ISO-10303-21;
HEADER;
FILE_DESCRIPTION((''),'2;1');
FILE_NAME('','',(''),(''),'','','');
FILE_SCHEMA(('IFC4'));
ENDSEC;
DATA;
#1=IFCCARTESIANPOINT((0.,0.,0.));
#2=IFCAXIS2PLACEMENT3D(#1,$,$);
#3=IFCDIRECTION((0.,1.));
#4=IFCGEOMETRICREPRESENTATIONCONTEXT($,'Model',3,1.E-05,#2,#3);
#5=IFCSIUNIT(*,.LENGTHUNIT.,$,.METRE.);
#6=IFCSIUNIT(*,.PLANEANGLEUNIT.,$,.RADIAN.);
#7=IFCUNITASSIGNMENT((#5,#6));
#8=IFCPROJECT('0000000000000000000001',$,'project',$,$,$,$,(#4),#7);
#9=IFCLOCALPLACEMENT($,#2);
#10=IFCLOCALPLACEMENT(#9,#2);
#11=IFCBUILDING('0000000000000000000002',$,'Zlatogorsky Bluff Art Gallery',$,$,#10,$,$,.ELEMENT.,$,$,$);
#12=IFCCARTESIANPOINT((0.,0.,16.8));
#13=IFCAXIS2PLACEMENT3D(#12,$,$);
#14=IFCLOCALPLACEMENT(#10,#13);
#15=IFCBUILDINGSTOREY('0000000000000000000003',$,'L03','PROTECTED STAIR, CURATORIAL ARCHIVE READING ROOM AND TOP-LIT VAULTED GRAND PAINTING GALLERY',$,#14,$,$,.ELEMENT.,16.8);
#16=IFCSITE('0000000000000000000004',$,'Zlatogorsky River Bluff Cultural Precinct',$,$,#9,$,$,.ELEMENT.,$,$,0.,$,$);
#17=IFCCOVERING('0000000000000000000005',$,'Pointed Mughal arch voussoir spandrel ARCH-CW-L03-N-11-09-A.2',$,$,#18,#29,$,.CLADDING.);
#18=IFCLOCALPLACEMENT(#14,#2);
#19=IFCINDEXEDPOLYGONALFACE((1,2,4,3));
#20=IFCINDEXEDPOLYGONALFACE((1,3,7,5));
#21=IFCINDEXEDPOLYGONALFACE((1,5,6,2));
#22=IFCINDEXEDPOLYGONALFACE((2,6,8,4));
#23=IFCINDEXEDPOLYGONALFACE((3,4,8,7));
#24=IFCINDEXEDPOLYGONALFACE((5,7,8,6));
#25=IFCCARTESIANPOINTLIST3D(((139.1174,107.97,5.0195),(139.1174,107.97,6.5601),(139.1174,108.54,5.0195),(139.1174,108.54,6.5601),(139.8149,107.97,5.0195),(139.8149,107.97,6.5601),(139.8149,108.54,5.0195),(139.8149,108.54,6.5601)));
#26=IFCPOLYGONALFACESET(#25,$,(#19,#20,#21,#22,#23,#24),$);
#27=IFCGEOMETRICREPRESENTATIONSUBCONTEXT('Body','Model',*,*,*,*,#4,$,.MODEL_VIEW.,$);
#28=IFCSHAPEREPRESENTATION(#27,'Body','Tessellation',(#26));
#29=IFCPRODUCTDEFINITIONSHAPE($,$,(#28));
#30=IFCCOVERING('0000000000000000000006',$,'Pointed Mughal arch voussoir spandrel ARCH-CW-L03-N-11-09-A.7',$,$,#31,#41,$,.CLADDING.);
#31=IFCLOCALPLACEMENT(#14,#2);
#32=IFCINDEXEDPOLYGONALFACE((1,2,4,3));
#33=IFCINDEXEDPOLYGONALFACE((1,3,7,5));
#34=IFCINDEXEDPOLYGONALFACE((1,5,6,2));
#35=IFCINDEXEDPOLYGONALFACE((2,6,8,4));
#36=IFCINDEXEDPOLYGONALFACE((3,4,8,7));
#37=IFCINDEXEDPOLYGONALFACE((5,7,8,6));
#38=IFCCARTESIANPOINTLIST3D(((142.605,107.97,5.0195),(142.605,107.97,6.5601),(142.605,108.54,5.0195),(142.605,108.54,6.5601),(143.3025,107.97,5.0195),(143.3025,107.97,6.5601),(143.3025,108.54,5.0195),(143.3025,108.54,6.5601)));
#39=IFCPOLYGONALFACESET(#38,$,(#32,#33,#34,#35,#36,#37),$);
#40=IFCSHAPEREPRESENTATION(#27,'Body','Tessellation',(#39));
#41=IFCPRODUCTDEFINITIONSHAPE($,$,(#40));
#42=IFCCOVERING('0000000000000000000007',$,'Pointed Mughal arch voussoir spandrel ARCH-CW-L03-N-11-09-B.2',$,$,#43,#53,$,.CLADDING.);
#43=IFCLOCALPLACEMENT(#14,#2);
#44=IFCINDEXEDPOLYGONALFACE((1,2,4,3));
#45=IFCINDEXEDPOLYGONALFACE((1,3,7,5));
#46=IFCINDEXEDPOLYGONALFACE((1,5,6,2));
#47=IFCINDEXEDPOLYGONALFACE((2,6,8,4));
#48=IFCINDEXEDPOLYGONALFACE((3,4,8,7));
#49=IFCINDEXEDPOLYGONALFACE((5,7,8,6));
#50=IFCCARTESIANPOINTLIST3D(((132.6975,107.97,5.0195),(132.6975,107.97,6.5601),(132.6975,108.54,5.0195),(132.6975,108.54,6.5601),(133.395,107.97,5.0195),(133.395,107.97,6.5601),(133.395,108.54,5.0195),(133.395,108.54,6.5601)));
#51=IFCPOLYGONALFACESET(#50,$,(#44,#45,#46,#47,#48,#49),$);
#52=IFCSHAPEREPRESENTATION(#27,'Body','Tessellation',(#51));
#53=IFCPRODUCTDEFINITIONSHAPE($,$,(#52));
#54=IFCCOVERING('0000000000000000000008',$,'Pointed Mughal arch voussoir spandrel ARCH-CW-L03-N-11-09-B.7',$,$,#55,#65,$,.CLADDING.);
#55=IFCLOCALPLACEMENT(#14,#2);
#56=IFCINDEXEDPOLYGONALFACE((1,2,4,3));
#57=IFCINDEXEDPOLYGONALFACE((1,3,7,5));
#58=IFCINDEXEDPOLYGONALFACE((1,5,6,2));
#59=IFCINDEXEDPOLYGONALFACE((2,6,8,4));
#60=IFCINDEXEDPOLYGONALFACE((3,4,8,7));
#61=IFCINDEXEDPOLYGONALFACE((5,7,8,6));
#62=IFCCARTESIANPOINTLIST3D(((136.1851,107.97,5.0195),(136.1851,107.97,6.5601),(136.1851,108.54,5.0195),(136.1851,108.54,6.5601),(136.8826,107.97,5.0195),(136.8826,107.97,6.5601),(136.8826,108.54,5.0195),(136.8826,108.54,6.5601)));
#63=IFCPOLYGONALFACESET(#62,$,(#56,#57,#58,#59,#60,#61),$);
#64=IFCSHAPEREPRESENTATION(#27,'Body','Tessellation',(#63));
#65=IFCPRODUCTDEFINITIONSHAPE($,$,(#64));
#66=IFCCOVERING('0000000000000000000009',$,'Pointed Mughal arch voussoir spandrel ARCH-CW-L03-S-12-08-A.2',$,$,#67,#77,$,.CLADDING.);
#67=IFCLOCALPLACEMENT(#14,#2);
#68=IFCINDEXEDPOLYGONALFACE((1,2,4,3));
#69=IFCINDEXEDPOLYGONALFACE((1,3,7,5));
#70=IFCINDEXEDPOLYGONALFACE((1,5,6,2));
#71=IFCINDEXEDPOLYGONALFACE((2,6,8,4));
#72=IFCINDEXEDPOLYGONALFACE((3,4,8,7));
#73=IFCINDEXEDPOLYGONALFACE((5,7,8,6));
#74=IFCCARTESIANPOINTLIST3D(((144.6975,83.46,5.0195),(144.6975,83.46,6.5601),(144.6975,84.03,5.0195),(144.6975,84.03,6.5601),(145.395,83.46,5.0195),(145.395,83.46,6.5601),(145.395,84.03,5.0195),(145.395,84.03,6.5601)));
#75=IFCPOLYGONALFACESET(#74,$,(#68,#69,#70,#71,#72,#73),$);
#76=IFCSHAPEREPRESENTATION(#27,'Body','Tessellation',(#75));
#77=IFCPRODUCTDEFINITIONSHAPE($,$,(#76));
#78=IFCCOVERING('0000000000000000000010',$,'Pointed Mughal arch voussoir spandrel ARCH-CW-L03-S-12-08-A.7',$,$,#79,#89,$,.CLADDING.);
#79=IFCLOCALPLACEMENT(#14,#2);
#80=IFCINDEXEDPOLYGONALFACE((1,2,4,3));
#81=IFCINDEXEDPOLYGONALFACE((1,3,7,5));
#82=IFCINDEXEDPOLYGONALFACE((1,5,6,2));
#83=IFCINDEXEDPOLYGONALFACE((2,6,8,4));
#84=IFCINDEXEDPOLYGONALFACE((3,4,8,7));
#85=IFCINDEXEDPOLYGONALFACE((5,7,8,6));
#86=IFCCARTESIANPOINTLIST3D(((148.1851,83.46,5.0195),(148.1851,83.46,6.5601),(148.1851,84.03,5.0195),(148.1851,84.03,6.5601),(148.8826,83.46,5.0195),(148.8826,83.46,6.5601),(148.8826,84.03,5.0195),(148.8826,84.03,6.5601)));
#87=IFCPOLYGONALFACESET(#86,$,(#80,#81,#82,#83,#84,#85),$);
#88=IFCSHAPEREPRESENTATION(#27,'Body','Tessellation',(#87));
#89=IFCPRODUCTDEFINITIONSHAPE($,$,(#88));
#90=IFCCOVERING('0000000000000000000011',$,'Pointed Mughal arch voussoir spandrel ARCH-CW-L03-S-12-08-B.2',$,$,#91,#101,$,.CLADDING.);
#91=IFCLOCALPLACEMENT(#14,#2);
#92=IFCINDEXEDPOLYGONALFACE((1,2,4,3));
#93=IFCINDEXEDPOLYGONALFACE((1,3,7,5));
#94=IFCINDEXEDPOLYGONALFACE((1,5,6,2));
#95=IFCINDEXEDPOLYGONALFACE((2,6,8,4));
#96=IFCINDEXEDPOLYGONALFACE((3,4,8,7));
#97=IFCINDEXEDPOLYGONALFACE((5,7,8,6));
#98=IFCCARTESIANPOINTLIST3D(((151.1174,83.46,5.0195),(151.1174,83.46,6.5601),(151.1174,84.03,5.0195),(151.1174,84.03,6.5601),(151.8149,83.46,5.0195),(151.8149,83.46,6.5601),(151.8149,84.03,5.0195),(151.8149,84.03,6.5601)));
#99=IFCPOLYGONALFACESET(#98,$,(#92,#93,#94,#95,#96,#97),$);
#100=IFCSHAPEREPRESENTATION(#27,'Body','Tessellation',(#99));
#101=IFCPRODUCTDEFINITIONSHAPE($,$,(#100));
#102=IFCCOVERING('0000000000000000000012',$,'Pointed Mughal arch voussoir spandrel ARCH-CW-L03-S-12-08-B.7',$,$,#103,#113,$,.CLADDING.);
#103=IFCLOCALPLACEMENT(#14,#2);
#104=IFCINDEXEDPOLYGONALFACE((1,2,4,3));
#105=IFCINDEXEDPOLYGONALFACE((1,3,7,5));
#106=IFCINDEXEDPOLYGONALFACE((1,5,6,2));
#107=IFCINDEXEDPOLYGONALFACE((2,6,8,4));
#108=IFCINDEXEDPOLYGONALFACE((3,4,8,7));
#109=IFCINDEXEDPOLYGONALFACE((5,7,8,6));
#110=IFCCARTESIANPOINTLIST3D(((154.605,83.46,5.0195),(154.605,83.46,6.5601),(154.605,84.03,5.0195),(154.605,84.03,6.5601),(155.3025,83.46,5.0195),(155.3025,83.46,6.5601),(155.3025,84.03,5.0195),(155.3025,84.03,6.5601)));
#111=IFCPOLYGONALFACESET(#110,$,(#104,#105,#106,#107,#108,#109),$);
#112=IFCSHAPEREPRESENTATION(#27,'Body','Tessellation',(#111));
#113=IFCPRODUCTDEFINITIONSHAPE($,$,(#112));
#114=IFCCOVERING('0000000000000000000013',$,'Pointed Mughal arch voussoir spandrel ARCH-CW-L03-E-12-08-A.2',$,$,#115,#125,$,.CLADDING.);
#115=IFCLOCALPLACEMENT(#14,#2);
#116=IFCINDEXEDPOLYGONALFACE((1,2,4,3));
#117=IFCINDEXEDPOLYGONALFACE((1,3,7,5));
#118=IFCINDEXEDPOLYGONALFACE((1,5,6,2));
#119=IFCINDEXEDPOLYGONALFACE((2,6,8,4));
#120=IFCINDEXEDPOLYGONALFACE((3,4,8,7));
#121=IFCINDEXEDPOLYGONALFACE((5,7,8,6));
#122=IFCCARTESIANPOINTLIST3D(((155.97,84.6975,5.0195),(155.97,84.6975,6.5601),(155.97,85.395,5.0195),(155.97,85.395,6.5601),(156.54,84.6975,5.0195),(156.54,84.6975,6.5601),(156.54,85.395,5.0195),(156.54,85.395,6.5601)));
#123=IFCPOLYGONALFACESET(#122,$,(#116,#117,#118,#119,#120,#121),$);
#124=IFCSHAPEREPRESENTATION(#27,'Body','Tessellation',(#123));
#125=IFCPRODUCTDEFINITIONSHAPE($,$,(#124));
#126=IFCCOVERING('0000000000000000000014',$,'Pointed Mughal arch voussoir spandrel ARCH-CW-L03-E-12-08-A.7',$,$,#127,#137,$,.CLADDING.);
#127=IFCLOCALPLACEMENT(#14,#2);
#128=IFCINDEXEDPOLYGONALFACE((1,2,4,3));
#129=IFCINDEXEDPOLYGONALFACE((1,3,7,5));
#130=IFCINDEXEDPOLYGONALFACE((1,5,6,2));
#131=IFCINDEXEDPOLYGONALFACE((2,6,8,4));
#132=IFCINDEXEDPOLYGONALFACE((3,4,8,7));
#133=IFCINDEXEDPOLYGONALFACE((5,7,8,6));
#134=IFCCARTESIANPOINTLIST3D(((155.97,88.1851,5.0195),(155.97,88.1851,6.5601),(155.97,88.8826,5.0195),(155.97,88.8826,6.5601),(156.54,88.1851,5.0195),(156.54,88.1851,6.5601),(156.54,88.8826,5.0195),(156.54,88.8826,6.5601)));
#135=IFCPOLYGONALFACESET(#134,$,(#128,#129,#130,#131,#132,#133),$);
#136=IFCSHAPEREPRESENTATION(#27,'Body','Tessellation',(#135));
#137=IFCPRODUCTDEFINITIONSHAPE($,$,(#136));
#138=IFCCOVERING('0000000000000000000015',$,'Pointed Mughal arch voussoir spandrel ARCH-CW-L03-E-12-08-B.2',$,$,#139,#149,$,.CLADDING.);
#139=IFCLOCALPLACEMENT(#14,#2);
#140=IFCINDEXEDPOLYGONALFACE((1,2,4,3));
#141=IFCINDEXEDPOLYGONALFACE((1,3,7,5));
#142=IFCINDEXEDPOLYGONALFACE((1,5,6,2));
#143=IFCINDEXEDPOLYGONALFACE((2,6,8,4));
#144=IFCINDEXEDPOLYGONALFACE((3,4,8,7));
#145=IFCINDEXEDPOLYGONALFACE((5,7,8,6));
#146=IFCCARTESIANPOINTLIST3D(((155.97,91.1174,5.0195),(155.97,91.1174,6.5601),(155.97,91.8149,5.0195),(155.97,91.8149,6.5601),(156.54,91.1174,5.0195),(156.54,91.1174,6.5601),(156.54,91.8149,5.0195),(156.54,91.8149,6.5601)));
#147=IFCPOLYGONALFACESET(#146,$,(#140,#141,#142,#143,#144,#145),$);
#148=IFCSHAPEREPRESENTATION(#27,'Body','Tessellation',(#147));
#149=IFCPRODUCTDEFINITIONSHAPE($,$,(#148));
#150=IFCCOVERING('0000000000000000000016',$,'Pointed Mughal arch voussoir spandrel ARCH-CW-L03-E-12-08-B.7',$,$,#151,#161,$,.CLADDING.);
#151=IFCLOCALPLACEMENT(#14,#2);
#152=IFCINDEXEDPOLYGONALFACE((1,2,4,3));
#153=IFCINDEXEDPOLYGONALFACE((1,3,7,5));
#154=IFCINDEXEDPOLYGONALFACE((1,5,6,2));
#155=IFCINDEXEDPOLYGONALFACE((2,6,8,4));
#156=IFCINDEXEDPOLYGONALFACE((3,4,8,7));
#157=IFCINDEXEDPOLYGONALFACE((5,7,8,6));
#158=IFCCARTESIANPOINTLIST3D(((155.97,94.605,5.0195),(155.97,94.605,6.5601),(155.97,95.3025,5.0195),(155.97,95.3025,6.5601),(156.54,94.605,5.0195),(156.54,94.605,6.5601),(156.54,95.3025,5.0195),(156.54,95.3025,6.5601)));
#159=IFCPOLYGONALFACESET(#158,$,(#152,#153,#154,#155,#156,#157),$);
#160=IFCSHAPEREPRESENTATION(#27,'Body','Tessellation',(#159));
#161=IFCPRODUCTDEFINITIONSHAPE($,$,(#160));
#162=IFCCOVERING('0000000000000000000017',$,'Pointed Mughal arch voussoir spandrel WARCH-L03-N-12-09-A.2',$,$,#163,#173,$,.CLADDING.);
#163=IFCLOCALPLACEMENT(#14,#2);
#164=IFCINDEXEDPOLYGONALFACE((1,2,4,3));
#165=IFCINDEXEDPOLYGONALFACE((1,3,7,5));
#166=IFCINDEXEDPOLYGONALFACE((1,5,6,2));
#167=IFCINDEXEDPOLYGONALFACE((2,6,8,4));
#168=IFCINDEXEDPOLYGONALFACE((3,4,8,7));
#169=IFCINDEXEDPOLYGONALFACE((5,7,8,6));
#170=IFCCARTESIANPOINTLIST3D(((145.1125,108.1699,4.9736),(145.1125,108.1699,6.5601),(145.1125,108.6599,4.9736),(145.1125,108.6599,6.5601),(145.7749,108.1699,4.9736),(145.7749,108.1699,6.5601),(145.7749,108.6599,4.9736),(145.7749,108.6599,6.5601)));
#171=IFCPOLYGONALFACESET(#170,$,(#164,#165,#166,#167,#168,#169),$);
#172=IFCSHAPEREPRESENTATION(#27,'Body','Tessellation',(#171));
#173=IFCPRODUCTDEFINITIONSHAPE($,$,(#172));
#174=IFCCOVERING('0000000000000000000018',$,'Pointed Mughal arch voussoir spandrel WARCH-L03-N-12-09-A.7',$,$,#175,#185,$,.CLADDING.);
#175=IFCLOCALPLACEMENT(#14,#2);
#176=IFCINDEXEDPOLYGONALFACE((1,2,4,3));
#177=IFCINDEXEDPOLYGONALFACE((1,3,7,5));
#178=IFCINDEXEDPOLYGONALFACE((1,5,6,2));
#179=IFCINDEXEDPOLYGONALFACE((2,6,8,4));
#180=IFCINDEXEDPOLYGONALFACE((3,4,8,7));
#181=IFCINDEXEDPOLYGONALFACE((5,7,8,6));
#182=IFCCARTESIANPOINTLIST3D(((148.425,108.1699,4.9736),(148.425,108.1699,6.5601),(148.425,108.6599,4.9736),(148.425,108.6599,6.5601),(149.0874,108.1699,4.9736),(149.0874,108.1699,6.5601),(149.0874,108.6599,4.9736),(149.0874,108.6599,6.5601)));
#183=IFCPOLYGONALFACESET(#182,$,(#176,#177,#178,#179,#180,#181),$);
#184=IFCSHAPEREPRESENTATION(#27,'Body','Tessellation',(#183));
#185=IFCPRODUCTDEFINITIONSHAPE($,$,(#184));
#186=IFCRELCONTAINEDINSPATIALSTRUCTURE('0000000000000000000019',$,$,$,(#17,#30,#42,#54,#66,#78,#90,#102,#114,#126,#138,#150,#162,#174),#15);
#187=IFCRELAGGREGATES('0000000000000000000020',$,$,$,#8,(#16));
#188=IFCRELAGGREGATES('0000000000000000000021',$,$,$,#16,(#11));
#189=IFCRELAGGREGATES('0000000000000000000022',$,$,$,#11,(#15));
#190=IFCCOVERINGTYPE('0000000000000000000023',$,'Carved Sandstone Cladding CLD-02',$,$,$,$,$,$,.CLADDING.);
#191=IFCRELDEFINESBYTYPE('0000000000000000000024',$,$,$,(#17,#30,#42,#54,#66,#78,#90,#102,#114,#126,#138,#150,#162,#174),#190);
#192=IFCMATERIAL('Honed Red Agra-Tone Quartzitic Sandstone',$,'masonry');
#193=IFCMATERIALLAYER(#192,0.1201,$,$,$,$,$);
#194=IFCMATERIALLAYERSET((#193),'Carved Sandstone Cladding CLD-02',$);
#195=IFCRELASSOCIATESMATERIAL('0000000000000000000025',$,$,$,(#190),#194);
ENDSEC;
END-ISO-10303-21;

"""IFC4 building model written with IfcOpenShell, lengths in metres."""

from ifc_helpers import new_model, si_unit, direction, frame, origin, place, context, subcontext, project, spatial, polyline, outline, extrude, material, layer, layer_set, type_object, element, save


model = new_model("IFC4")

# Units and contexts
model_context = context("Model", 3, precision=1e-05, world=origin(), true_north=direction((0.0, 1.0)))
body_context = subcontext(model_context, "Body", "Model", "MODEL_VIEW")
ifc_project = project(units=[si_unit("LENGTHUNIT", "METRE"), si_unit("PLANEANGLEUNIT", "RADIAN")], contexts=[model_context])

# Site, building, storey
site_placement = place(None, origin())
site = spatial("IfcSite", under=ifc_project, at=site_placement, Name="Zlatogorsky River Bluff Cultural Precinct", CompositionType="ELEMENT", RefElevation=0.0)
building_placement = place(site_placement, origin())
building = spatial("IfcBuilding", under=site, at=building_placement, Name="Zlatogorsky Bluff Art Gallery", CompositionType="ELEMENT")
storey_placement = place(building_placement, frame((0.0, 0.0, 16.8)))
storey = spatial("IfcBuildingStorey", under=building, at=storey_placement, Name="L03", Description="PROTECTED STAIR, CURATORIAL ARCHIVE READING ROOM AND TOP-LIT VAULTED GRAND PAINTING GALLERY", CompositionType="ELEMENT", Elevation=16.8)

# Coverings
ifc_material = material(Name="Honed Red Agra-Tone Quartzitic Sandstone", Category="masonry")
ifc_layer = layer(ifc_material, 0.1201)
ifc_layer_set = layer_set([ifc_layer], Name="Carved Sandstone Cladding CLD-02")
covering_type = type_object("IfcCoveringType", Name="Carved Sandstone Cladding CLD-02", PredefinedType="CLADDING", material=ifc_layer_set)
covering_1_placement = place(storey_placement, frame((0.0, 0.0, 5.0195)))
element("IfcCovering", 1, at=covering_1_placement, inside=storey, type_object=covering_type, Name="Pointed Mughal arch voussoir spandrel ARCH-CW-L03-N-11-09-A.2", PredefinedType="CLADDING", context=body_context, shape_type="SweptSolid", body=[
    extrude(outline(polyline([(139.1174, 107.97), (139.8149, 107.97), (139.8149, 108.54), (139.1174, 108.54), (139.1174, 107.97)])), origin(), (0.0, 0.0, 1.0), 1.5405),
])
covering_2_placement = place(storey_placement, frame((0.0, 0.0, 5.0195)))
element("IfcCovering", 2, at=covering_2_placement, inside=storey, type_object=covering_type, Name="Pointed Mughal arch voussoir spandrel ARCH-CW-L03-N-11-09-A.7", PredefinedType="CLADDING", context=body_context, shape_type="SweptSolid", body=[
    extrude(outline(polyline([(142.605, 107.97), (143.3025, 107.97), (143.3025, 108.54), (142.605, 108.54), (142.605, 107.97)])), origin(), (0.0, 0.0, 1.0), 1.5405),
])
covering_3_placement = place(storey_placement, frame((0.0, 0.0, 5.0195)))
element("IfcCovering", 3, at=covering_3_placement, inside=storey, type_object=covering_type, Name="Pointed Mughal arch voussoir spandrel ARCH-CW-L03-N-11-09-B.2", PredefinedType="CLADDING", context=body_context, shape_type="SweptSolid", body=[
    extrude(outline(polyline([(132.6975, 107.97), (133.395, 107.97), (133.395, 108.54), (132.6975, 108.54), (132.6975, 107.97)])), origin(), (0.0, 0.0, 1.0), 1.5405),
])
covering_4_placement = place(storey_placement, frame((0.0, 0.0, 5.0195)))
element("IfcCovering", 4, at=covering_4_placement, inside=storey, type_object=covering_type, Name="Pointed Mughal arch voussoir spandrel ARCH-CW-L03-N-11-09-B.7", PredefinedType="CLADDING", context=body_context, shape_type="SweptSolid", body=[
    extrude(outline(polyline([(136.1851, 107.97), (136.8826, 107.97), (136.8826, 108.54), (136.1851, 108.54), (136.1851, 107.97)])), origin(), (0.0, 0.0, 1.0), 1.5405),
])
covering_5_placement = place(storey_placement, frame((0.0, 0.0, 5.0195)))
element("IfcCovering", 5, at=covering_5_placement, inside=storey, type_object=covering_type, Name="Pointed Mughal arch voussoir spandrel ARCH-CW-L03-S-12-08-A.2", PredefinedType="CLADDING", context=body_context, shape_type="SweptSolid", body=[
    extrude(outline(polyline([(144.6975, 83.46), (145.395, 83.46), (145.395, 84.03), (144.6975, 84.03), (144.6975, 83.46)])), origin(), (0.0, 0.0, 1.0), 1.5405),
])
covering_6_placement = place(storey_placement, frame((0.0, 0.0, 5.0195)))
element("IfcCovering", 6, at=covering_6_placement, inside=storey, type_object=covering_type, Name="Pointed Mughal arch voussoir spandrel ARCH-CW-L03-S-12-08-A.7", PredefinedType="CLADDING", context=body_context, shape_type="SweptSolid", body=[
    extrude(outline(polyline([(148.1851, 83.46), (148.8826, 83.46), (148.8826, 84.03), (148.1851, 84.03), (148.1851, 83.46)])), origin(), (0.0, 0.0, 1.0), 1.5405),
])
covering_7_placement = place(storey_placement, frame((0.0, 0.0, 5.0195)))
element("IfcCovering", 7, at=covering_7_placement, inside=storey, type_object=covering_type, Name="Pointed Mughal arch voussoir spandrel ARCH-CW-L03-S-12-08-B.2", PredefinedType="CLADDING", context=body_context, shape_type="SweptSolid", body=[
    extrude(outline(polyline([(151.1174, 83.46), (151.8149, 83.46), (151.8149, 84.03), (151.1174, 84.03), (151.1174, 83.46)])), origin(), (0.0, 0.0, 1.0), 1.5405),
])
covering_8_placement = place(storey_placement, frame((0.0, 0.0, 5.0195)))
element("IfcCovering", 8, at=covering_8_placement, inside=storey, type_object=covering_type, Name="Pointed Mughal arch voussoir spandrel ARCH-CW-L03-S-12-08-B.7", PredefinedType="CLADDING", context=body_context, shape_type="SweptSolid", body=[
    extrude(outline(polyline([(154.605, 83.46), (155.3025, 83.46), (155.3025, 84.03), (154.605, 84.03), (154.605, 83.46)])), origin(), (0.0, 0.0, 1.0), 1.5405),
])
covering_9_placement = place(storey_placement, frame((0.0, 0.0, 5.0195)))
element("IfcCovering", 9, at=covering_9_placement, inside=storey, type_object=covering_type, Name="Pointed Mughal arch voussoir spandrel ARCH-CW-L03-E-12-08-A.2", PredefinedType="CLADDING", context=body_context, shape_type="SweptSolid", body=[
    extrude(outline(polyline([(155.97, 84.6975), (155.97, 85.395), (156.54, 85.395), (156.54, 84.6975), (155.97, 84.6975)])), origin(), (0.0, 0.0, 1.0), 1.5405),
])
covering_10_placement = place(storey_placement, frame((0.0, 0.0, 5.0195)))
element("IfcCovering", 10, at=covering_10_placement, inside=storey, type_object=covering_type, Name="Pointed Mughal arch voussoir spandrel ARCH-CW-L03-E-12-08-A.7", PredefinedType="CLADDING", context=body_context, shape_type="SweptSolid", body=[
    extrude(outline(polyline([(155.97, 88.1851), (155.97, 88.8826), (156.54, 88.8826), (156.54, 88.1851), (155.97, 88.1851)])), origin(), (0.0, 0.0, 1.0), 1.5405),
])
covering_11_placement = place(storey_placement, frame((0.0, 0.0, 5.0195)))
element("IfcCovering", 11, at=covering_11_placement, inside=storey, type_object=covering_type, Name="Pointed Mughal arch voussoir spandrel ARCH-CW-L03-E-12-08-B.2", PredefinedType="CLADDING", context=body_context, shape_type="SweptSolid", body=[
    extrude(outline(polyline([(155.97, 91.1174), (155.97, 91.8149), (156.54, 91.8149), (156.54, 91.1174), (155.97, 91.1174)])), origin(), (0.0, 0.0, 1.0), 1.5405),
])
covering_12_placement = place(storey_placement, frame((0.0, 0.0, 5.0195)))
element("IfcCovering", 12, at=covering_12_placement, inside=storey, type_object=covering_type, Name="Pointed Mughal arch voussoir spandrel ARCH-CW-L03-E-12-08-B.7", PredefinedType="CLADDING", context=body_context, shape_type="SweptSolid", body=[
    extrude(outline(polyline([(155.97, 94.605), (155.97, 95.3025), (156.54, 95.3025), (156.54, 94.605), (155.97, 94.605)])), origin(), (0.0, 0.0, 1.0), 1.5405),
])
covering_13_placement = place(storey_placement, frame((0.0, 0.0, 4.9736)))
element("IfcCovering", 13, at=covering_13_placement, inside=storey, type_object=covering_type, Name="Pointed Mughal arch voussoir spandrel WARCH-L03-N-12-09-A.2", PredefinedType="CLADDING", context=body_context, shape_type="SweptSolid", body=[
    extrude(outline(polyline([(145.1125, 108.1699), (145.7749, 108.1699), (145.7749, 108.6599), (145.1125, 108.6599), (145.1125, 108.1699)])), origin(), (0.0, 0.0, 1.0), 1.5864),
])
covering_14_placement = place(storey_placement, frame((0.0, 0.0, 4.9736)))
element("IfcCovering", 14, at=covering_14_placement, inside=storey, type_object=covering_type, Name="Pointed Mughal arch voussoir spandrel WARCH-L03-N-12-09-A.7", PredefinedType="CLADDING", context=body_context, shape_type="SweptSolid", body=[
    extrude(outline(polyline([(148.425, 108.1699), (149.0874, 108.1699), (149.0874, 108.6599), (148.425, 108.6599), (148.425, 108.1699)])), origin(), (0.0, 0.0, 1.0), 1.5864),
])

save(model, "model.ifc")
